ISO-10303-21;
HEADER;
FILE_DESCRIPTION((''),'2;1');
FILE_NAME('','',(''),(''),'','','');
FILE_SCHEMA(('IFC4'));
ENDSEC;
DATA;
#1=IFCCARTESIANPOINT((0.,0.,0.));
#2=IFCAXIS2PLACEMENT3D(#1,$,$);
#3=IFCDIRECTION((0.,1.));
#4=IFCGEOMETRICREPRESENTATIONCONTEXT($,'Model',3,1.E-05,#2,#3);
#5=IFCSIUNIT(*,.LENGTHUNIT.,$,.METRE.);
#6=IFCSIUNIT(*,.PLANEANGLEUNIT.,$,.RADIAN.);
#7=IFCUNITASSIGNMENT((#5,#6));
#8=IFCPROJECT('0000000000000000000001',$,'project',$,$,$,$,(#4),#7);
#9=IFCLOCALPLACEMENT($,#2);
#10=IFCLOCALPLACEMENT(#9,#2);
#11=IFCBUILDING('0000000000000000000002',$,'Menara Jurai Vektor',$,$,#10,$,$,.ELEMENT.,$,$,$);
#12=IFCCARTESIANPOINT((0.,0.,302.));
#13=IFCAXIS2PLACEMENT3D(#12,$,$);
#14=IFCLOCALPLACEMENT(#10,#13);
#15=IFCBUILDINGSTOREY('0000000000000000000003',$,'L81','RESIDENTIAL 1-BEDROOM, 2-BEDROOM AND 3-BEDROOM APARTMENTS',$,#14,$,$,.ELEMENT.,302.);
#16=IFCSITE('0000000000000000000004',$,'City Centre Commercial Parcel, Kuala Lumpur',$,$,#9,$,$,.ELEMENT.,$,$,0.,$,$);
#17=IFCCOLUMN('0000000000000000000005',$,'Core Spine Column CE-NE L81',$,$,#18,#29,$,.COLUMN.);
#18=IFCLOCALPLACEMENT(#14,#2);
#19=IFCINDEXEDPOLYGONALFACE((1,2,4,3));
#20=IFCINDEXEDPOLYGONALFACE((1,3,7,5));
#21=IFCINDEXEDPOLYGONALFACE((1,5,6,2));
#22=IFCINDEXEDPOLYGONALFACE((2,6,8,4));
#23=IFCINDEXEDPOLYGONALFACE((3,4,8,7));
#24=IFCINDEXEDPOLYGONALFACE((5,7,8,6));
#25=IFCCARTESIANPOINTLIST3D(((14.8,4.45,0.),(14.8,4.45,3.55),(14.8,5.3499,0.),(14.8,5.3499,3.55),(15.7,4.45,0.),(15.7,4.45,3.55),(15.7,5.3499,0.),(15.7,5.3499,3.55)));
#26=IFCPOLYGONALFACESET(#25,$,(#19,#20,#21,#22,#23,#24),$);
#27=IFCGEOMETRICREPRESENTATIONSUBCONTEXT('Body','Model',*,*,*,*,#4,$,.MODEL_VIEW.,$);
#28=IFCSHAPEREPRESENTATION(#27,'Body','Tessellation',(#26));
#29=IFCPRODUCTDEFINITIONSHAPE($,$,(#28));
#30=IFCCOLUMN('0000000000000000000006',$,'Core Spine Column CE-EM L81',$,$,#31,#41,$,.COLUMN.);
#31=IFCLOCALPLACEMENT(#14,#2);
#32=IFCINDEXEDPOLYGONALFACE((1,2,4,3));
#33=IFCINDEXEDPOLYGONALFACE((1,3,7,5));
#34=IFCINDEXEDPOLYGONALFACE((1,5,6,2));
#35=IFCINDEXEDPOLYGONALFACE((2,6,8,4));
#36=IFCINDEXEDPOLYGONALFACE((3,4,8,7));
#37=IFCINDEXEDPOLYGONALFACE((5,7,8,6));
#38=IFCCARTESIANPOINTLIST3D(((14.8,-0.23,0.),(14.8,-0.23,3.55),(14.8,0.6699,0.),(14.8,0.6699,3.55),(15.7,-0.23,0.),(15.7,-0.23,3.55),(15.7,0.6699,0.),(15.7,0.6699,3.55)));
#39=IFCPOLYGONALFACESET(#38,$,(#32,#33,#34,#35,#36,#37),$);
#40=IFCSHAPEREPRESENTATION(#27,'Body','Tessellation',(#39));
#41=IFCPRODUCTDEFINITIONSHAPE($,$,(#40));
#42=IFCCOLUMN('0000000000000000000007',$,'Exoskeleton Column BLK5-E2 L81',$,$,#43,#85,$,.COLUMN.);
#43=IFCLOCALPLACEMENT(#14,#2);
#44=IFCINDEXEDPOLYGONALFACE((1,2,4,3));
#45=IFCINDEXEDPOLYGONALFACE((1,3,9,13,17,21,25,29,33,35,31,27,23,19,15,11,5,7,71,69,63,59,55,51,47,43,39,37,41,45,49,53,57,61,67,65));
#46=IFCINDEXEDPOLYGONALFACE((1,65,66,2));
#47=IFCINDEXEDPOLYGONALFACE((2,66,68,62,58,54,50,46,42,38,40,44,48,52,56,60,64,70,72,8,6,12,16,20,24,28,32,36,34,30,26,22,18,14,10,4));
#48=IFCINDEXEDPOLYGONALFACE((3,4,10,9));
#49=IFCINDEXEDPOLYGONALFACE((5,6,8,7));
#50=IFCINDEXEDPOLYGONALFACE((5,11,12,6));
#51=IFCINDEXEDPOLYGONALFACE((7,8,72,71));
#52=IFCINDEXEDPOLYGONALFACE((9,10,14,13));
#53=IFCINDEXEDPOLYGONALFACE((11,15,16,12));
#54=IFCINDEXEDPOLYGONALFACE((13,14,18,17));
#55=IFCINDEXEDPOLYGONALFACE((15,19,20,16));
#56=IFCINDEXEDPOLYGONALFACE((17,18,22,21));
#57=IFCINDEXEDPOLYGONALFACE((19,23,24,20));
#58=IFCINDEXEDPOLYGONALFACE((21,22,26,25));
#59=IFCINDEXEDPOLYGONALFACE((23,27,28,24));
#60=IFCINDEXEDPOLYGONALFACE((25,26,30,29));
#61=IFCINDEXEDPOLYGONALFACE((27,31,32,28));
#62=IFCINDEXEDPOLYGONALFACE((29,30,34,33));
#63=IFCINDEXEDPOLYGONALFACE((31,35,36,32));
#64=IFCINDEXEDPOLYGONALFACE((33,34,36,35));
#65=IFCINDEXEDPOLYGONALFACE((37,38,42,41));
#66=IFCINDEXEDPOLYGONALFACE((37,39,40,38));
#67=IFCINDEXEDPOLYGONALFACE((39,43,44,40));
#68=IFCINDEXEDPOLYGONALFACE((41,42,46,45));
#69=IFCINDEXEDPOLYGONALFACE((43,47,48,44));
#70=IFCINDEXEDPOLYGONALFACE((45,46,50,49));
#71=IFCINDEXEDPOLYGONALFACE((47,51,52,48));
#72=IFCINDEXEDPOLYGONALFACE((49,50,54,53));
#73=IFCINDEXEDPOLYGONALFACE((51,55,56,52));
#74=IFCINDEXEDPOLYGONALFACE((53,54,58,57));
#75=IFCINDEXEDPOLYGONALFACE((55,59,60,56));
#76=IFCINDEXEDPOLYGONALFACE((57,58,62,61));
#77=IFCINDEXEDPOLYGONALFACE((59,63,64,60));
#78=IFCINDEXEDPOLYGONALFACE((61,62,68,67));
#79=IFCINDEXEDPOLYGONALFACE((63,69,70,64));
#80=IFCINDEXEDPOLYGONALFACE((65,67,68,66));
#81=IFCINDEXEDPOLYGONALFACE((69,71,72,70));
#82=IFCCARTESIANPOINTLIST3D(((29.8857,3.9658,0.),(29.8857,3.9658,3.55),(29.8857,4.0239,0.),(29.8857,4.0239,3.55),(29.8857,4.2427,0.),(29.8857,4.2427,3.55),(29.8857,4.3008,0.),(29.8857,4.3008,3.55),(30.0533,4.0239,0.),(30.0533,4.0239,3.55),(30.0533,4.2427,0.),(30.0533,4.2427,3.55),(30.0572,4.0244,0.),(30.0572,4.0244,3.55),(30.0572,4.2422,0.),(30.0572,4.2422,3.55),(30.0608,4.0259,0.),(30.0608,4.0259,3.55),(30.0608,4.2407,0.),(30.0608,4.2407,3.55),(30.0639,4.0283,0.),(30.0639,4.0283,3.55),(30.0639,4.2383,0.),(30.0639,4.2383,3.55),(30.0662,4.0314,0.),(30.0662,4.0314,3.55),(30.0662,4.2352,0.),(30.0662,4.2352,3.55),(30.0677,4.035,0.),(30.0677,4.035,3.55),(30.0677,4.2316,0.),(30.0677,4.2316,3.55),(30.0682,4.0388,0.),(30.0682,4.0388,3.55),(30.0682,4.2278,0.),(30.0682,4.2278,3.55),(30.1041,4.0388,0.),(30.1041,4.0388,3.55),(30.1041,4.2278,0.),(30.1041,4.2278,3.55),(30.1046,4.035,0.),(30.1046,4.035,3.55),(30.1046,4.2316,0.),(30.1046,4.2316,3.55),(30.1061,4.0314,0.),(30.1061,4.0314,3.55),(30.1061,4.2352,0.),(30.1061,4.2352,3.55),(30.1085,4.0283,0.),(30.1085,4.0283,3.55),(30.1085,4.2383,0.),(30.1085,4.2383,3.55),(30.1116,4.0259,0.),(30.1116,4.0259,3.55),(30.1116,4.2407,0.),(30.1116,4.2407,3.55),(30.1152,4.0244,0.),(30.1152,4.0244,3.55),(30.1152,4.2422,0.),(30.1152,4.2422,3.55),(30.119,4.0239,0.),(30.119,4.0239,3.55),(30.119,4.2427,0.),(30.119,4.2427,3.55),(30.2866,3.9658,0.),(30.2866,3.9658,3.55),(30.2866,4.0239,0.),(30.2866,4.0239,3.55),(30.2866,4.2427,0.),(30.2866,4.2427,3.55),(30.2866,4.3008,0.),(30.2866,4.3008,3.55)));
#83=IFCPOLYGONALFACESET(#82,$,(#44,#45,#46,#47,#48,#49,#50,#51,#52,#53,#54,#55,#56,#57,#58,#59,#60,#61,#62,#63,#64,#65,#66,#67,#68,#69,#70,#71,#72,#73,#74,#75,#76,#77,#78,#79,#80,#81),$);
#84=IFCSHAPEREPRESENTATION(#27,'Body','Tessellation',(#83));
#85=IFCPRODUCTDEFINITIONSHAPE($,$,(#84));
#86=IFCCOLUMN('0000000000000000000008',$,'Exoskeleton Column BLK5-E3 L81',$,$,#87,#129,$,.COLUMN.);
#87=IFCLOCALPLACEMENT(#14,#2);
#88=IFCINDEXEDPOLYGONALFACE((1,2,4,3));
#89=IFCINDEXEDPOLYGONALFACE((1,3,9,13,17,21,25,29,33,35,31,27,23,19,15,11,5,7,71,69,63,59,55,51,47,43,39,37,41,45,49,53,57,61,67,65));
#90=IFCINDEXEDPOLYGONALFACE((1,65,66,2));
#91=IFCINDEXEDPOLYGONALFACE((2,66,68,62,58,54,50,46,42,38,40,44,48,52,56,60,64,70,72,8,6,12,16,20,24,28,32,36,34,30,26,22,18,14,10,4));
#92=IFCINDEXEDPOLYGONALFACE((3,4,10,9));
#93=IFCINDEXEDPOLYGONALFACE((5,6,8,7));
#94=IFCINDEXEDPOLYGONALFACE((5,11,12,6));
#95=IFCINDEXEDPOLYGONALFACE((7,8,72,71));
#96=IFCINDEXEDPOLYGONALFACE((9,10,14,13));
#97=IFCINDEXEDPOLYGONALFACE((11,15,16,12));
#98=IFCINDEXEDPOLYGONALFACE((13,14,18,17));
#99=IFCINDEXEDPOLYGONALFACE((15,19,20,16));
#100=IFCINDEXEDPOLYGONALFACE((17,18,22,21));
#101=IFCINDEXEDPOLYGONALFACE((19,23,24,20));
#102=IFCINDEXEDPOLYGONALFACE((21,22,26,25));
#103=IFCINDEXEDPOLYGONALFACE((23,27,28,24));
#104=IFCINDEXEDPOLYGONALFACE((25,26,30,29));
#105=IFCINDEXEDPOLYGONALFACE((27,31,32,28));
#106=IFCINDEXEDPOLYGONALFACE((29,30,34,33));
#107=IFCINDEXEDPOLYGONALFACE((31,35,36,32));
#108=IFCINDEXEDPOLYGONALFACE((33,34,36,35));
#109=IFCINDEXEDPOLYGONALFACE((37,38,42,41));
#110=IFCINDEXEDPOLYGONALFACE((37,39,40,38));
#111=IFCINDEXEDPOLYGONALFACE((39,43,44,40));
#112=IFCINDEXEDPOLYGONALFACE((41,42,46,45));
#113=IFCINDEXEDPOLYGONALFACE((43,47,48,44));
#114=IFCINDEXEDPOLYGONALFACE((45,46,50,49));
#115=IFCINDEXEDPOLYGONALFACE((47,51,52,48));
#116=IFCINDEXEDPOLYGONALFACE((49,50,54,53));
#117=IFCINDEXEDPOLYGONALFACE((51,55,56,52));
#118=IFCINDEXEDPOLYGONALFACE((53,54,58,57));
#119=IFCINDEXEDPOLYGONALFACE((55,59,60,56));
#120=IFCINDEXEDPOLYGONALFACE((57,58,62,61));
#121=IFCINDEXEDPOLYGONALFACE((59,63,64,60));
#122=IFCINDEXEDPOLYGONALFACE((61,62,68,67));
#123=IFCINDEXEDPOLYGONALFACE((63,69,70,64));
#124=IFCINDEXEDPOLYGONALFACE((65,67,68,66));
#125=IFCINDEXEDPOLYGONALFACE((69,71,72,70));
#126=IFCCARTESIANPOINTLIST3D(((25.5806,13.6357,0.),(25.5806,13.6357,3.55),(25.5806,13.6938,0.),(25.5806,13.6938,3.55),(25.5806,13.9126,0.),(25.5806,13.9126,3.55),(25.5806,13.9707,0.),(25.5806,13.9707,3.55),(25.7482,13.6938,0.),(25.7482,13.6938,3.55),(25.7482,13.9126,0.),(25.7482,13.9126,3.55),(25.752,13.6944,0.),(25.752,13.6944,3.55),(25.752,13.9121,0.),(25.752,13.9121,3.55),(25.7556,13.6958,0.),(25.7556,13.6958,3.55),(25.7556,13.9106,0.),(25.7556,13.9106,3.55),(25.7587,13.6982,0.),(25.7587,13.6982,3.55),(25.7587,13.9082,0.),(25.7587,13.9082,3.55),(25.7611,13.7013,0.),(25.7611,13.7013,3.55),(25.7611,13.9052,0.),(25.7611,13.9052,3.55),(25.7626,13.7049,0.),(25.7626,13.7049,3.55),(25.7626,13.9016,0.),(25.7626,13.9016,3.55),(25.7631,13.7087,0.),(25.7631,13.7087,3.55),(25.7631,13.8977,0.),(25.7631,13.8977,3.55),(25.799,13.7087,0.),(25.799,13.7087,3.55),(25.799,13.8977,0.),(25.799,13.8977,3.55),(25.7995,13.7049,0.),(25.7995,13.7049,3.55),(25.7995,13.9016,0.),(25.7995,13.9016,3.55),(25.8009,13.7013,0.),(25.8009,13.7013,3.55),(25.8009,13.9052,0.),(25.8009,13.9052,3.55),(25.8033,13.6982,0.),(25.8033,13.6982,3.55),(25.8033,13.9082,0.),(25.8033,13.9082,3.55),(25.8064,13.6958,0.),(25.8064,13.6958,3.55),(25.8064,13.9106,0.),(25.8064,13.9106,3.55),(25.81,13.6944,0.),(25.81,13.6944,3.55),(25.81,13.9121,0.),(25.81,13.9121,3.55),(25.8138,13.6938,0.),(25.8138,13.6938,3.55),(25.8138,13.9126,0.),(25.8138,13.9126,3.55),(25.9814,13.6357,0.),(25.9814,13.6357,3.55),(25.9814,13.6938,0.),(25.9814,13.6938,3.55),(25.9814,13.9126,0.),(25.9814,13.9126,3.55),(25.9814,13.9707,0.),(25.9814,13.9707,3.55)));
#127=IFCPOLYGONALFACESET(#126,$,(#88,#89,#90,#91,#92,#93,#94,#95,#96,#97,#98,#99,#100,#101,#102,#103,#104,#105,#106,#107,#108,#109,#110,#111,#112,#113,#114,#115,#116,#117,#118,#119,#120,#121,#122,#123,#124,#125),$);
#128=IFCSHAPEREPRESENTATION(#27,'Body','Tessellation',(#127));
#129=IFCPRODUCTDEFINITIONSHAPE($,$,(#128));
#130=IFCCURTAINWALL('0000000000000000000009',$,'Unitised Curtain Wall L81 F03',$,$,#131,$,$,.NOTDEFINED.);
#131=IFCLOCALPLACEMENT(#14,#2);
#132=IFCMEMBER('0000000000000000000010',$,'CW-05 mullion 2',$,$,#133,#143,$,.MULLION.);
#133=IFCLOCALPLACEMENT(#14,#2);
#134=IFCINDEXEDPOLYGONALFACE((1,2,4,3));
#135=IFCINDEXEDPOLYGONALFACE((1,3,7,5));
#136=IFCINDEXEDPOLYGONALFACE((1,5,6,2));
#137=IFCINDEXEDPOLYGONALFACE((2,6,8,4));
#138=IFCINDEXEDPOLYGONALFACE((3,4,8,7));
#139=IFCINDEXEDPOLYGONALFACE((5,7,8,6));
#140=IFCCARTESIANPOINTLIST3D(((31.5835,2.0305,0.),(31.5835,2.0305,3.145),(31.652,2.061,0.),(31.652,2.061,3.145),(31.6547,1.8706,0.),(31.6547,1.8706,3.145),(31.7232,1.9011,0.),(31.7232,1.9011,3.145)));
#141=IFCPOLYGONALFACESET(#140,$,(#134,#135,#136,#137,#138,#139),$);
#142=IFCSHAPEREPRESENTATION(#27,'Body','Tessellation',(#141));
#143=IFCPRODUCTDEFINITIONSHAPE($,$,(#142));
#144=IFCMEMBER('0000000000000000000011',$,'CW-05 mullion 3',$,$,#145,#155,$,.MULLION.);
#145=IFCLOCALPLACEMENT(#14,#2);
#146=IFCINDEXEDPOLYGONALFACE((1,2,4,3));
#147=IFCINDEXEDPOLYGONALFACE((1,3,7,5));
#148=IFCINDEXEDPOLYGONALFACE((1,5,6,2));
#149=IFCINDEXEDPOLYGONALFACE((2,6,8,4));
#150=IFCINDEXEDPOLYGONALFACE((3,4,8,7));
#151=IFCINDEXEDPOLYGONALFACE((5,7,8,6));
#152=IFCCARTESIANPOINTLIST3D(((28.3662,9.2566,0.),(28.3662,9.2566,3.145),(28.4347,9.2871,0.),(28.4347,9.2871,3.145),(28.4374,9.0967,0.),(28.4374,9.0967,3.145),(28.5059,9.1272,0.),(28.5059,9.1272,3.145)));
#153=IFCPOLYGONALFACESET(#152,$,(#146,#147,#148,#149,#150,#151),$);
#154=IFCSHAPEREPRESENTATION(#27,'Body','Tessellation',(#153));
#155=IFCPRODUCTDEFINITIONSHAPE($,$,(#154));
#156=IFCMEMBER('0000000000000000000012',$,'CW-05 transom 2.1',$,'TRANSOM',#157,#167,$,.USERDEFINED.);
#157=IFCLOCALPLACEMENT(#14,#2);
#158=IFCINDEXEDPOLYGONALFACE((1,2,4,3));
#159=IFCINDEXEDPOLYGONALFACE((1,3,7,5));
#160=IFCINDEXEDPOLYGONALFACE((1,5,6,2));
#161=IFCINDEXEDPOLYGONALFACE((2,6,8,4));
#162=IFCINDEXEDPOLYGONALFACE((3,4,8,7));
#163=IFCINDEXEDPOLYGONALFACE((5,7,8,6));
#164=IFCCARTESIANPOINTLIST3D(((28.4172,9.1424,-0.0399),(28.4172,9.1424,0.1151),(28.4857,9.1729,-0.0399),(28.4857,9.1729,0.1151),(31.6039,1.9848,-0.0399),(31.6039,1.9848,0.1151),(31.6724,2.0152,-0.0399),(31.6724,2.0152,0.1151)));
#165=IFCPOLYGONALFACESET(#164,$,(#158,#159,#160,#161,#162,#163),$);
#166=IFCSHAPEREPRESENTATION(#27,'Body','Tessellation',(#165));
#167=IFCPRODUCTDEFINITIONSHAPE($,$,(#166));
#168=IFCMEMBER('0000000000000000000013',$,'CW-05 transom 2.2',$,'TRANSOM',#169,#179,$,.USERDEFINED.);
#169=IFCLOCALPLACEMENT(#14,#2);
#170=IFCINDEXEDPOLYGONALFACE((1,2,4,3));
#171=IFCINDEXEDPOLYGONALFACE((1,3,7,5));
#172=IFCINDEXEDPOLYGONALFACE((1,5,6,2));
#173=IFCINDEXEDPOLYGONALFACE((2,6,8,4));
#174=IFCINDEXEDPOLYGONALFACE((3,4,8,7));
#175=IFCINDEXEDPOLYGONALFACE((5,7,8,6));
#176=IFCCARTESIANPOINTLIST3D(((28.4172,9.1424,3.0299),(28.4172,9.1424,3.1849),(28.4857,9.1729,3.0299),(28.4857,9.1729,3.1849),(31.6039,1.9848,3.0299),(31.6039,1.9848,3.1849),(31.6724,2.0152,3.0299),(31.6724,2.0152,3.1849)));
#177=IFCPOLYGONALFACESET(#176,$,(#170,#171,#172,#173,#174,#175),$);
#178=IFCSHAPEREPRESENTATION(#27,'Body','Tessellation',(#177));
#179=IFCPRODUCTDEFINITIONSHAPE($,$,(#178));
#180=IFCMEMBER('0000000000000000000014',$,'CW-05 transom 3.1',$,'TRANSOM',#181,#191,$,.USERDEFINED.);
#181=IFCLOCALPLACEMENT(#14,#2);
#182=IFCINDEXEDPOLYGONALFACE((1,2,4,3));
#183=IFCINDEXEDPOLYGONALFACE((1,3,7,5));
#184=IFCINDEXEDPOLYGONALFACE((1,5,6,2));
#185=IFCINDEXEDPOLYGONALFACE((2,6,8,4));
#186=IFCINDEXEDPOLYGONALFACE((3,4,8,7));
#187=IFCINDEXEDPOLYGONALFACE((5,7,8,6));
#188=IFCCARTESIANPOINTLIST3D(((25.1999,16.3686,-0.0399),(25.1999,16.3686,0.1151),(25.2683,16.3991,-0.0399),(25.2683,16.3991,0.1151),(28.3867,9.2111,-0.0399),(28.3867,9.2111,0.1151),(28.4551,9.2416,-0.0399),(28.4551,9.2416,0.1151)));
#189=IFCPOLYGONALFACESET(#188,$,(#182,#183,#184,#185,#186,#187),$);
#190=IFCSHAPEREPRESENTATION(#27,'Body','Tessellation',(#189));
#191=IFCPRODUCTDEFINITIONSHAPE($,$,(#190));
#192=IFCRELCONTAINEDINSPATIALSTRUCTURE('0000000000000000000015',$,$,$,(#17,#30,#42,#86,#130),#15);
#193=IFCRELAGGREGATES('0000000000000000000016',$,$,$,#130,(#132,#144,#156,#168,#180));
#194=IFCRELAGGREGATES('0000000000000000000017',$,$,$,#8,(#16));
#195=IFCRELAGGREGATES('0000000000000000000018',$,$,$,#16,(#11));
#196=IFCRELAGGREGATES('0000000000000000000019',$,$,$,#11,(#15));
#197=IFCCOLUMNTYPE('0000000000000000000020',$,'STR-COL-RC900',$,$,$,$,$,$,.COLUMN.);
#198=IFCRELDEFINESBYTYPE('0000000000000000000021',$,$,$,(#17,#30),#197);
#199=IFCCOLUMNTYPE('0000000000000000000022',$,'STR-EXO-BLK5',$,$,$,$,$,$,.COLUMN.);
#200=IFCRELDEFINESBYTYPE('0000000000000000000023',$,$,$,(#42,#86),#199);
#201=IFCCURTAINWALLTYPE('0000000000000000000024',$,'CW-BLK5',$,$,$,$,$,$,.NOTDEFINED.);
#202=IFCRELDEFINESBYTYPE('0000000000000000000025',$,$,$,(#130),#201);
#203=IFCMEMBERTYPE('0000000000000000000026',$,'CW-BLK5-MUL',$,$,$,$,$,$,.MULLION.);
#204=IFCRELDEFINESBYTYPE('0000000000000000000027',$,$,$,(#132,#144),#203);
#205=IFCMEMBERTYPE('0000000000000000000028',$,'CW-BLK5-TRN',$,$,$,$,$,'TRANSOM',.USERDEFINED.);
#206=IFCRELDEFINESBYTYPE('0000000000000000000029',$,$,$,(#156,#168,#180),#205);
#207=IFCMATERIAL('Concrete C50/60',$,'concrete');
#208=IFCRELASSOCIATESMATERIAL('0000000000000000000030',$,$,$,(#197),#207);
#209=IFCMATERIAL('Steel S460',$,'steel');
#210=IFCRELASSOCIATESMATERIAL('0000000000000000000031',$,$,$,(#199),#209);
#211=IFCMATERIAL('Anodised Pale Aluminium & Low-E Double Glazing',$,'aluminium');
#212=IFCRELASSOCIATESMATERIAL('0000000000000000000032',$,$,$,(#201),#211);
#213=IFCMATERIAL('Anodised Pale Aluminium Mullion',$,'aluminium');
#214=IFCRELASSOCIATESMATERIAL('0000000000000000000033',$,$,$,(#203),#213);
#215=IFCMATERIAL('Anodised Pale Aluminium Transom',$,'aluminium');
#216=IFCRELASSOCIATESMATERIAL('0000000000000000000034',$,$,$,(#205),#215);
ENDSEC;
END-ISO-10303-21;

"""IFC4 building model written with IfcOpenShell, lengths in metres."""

from ifc_helpers import new_model, si_unit, direction, frame, origin, origin_2d, place, context, subcontext, project, spatial, rectangle, i_section, extrude, material, material_profile, profile_set, type_object, element, aggregate, save


model = new_model("IFC4")

# Units and contexts
model_context = context("Model", 3, precision=1e-05, world=origin(), true_north=direction((0.0, 1.0)))
body_context = subcontext(model_context, "Body", "Model", "MODEL_VIEW")
ifc_project = project(units=[si_unit("LENGTHUNIT", "METRE"), si_unit("PLANEANGLEUNIT", "RADIAN")], contexts=[model_context])

# Site, building, storey
site_placement = place(None, origin())
site = spatial("IfcSite", under=ifc_project, at=site_placement, Name="City Centre Commercial Parcel, Kuala Lumpur", CompositionType="ELEMENT", RefElevation=0.0)
building_placement = place(site_placement, origin())
building = spatial("IfcBuilding", under=site, at=building_placement, Name="Menara Jurai Vektor", CompositionType="ELEMENT")
storey_placement = place(building_placement, frame((0.0, 0.0, 302.0)))
storey = spatial("IfcBuildingStorey", under=building, at=storey_placement, Name="L81", Description="RESIDENTIAL 1-BEDROOM, 2-BEDROOM AND 3-BEDROOM APARTMENTS", CompositionType="ELEMENT", Elevation=302.0)

# Columns
ifc_material_1 = material(Name="Concrete C50/60", Category="concrete")
ifc_material_profile_1 = material_profile(ifc_material_1, rectangle(XDim=0.8999, YDim=0.8999, at=origin_2d()), Name="RC 900x900")
ifc_profile_set_1 = profile_set([ifc_material_profile_1], Name="Concrete C50/60")
column_type_1 = type_object("IfcColumnType", Name="STR-COL-RC900", PredefinedType="COLUMN", material=ifc_profile_set_1)
for number, where, z_axis, x_axis, name in (
    (1, (15.25, 4.8999, 0.0), (0.0, 0.0, 1.0), (1.0, 0.0, 0.0), "Core Spine Column CE-NE L81"),
    (2, (15.25, 0.22, 0.0), (0.0, 0.0, 1.0), (1.0, 0.0, 0.0), "Core Spine Column CE-EM L81"),
):
    element("IfcColumn", number, at=place(storey_placement, frame(where, z_axis=z_axis, x_axis=x_axis)), inside=storey, type_object=column_type_1, Name=name, PredefinedType="COLUMN", context=body_context, shape_type="SweptSolid", body=[
        extrude(rectangle(XDim=0.8999, YDim=0.8999, at=origin_2d()), origin(), (0.0, 0.0, 1.0), 3.55),
    ])
ifc_material_2 = material(Name="Steel S460", Category="steel")
ifc_material_profile_2 = material_profile(ifc_material_2, i_section(OverallWidth=0.4009, OverallDepth=0.335, WebThickness=0.0359, FlangeThickness=0.0581, FilletRadius=0.0149, at=origin_2d()), Name="HD 400x463")
ifc_profile_set_2 = profile_set([ifc_material_profile_2], Name="Steel S460")
column_type_2 = type_object("IfcColumnType", Name="STR-EXO-BLK5", PredefinedType="COLUMN", material=ifc_profile_set_2)
for number, where, z_axis, x_axis, name in (
    (3, (30.0862, 4.1333, 0.0), (0.0, 0.0, 1.0), (1.0, 0.0, 0.0), "Exoskeleton Column BLK5-E2 L81"),
    (4, (25.781, 13.8032, 0.0), (0.0, 0.0, 1.0), (1.0, 0.0, 0.0), "Exoskeleton Column BLK5-E3 L81"),
):
    element("IfcColumn", number, at=place(storey_placement, frame(where, z_axis=z_axis, x_axis=x_axis)), inside=storey, type_object=column_type_2, Name=name, PredefinedType="COLUMN", context=body_context, shape_type="SweptSolid", body=[
        extrude(i_section(OverallWidth=0.4009, OverallDepth=0.335, WebThickness=0.0359, FlangeThickness=0.0581, FilletRadius=0.0149, at=origin_2d()), origin(), (0.0, 0.0, 1.0), 3.55),
    ])

# Curtain wall, members
ifc_material_3 = material(Name="Anodised Pale Aluminium & Low-E Double Glazing", Category="aluminium")
curtain_wall_type = type_object("IfcCurtainWallType", Name="CW-BLK5", PredefinedType="NOTDEFINED", material=ifc_material_3)
curtain_wall_placement = place(storey_placement, origin())
curtain_wall = element("IfcCurtainWall", 5, at=curtain_wall_placement, inside=storey, type_object=curtain_wall_type, Name="Unitised Curtain Wall L81 F03", PredefinedType="NOTDEFINED")
ifc_material_4 = material(Name="Anodised Pale Aluminium Mullion", Category="aluminium")
ifc_material_profile_3 = material_profile(ifc_material_4, rectangle(XDim=0.075, YDim=0.175, at=origin_2d()), Name="ALU MUL 75x175")
ifc_profile_set_3 = profile_set([ifc_material_profile_3], Name="Anodised Pale Aluminium Mullion")
member_type_1 = type_object("IfcMemberType", Name="CW-BLK5-MUL", PredefinedType="MULLION", material=ifc_profile_set_3)
member_1_placement = place(storey_placement, frame((31.6533, 1.9658, 0.0), z_axis=(0.0, 0.0, 1.0), x_axis=(-0.913546, -0.406735, 0.0)))
member_1 = element("IfcMember", 6, at=member_1_placement, type_object=member_type_1, Name="CW-05 mullion 2", PredefinedType="MULLION", context=body_context, shape_type="SweptSolid", body=[
    extrude(rectangle(XDim=0.075, YDim=0.175, at=origin_2d()), origin(), (0.0, 0.0, 1.0), 3.145),
])
member_2_placement = place(storey_placement, frame((28.436, 9.1919, 0.0), z_axis=(0.0, 0.0, 1.0), x_axis=(-0.913546, -0.406735, 0.0)))
member_2 = element("IfcMember", 7, at=member_2_placement, type_object=member_type_1, Name="CW-05 mullion 3", PredefinedType="MULLION", context=body_context, shape_type="SweptSolid", body=[
    extrude(rectangle(XDim=0.075, YDim=0.175, at=origin_2d()), origin(), (0.0, 0.0, 1.0), 3.145),
])
ifc_material_5 = material(Name="Anodised Pale Aluminium Transom", Category="aluminium")
ifc_material_profile_4 = material_profile(ifc_material_5, rectangle(XDim=0.075, YDim=0.155, at=origin_2d()), Name="ALU TRN 75x155")
ifc_profile_set_4 = profile_set([ifc_material_profile_4], Name="Anodised Pale Aluminium Transom")
member_type_2 = type_object("IfcMemberType", Name="CW-BLK5-TRN", ElementType="TRANSOM", PredefinedType="USERDEFINED", material=ifc_profile_set_4)
member_3_placement = place(storey_placement, frame((31.6382, 2.0, 0.0376), z_axis=(-0.406731, 0.913548, 0.0), x_axis=(-0.913548, -0.406731, 0.0)))
member_3 = element("IfcMember", 8, at=member_3_placement, type_object=member_type_2, Name="CW-05 transom 2.1", ObjectType="TRANSOM", PredefinedType="USERDEFINED", context=body_context, shape_type="SweptSolid", body=[
    extrude(rectangle(XDim=0.075, YDim=0.155, at=origin_2d()), origin(), (0.0, 0.0, 1.0), 7.835),
])
member_4_placement = place(storey_placement, frame((31.6382, 2.0, 3.1074), z_axis=(-0.406731, 0.913548, 0.0), x_axis=(-0.913548, -0.406731, 0.0)))
member_4 = element("IfcMember", 9, at=member_4_placement, type_object=member_type_2, Name="CW-05 transom 2.2", ObjectType="TRANSOM", PredefinedType="USERDEFINED", context=body_context, shape_type="SweptSolid", body=[
    extrude(rectangle(XDim=0.075, YDim=0.155, at=origin_2d()), origin(), (0.0, 0.0, 1.0), 7.835),
])
member_5_placement = place(storey_placement, frame((28.4209, 9.2263, 0.0376), z_axis=(-0.406743, 0.913543, 0.0), x_axis=(-0.913543, -0.406743, 0.0)))
member_5 = element("IfcMember", 10, at=member_5_placement, type_object=member_type_2, Name="CW-05 transom 3.1", ObjectType="TRANSOM", PredefinedType="USERDEFINED", context=body_context, shape_type="SweptSolid", body=[
    extrude(rectangle(XDim=0.075, YDim=0.155, at=origin_2d()), origin(), (0.0, 0.0, 1.0), 7.835),
])

aggregate(curtain_wall, [member_1, member_2, member_3, member_4, member_5])

save(model, "model.ifc")
